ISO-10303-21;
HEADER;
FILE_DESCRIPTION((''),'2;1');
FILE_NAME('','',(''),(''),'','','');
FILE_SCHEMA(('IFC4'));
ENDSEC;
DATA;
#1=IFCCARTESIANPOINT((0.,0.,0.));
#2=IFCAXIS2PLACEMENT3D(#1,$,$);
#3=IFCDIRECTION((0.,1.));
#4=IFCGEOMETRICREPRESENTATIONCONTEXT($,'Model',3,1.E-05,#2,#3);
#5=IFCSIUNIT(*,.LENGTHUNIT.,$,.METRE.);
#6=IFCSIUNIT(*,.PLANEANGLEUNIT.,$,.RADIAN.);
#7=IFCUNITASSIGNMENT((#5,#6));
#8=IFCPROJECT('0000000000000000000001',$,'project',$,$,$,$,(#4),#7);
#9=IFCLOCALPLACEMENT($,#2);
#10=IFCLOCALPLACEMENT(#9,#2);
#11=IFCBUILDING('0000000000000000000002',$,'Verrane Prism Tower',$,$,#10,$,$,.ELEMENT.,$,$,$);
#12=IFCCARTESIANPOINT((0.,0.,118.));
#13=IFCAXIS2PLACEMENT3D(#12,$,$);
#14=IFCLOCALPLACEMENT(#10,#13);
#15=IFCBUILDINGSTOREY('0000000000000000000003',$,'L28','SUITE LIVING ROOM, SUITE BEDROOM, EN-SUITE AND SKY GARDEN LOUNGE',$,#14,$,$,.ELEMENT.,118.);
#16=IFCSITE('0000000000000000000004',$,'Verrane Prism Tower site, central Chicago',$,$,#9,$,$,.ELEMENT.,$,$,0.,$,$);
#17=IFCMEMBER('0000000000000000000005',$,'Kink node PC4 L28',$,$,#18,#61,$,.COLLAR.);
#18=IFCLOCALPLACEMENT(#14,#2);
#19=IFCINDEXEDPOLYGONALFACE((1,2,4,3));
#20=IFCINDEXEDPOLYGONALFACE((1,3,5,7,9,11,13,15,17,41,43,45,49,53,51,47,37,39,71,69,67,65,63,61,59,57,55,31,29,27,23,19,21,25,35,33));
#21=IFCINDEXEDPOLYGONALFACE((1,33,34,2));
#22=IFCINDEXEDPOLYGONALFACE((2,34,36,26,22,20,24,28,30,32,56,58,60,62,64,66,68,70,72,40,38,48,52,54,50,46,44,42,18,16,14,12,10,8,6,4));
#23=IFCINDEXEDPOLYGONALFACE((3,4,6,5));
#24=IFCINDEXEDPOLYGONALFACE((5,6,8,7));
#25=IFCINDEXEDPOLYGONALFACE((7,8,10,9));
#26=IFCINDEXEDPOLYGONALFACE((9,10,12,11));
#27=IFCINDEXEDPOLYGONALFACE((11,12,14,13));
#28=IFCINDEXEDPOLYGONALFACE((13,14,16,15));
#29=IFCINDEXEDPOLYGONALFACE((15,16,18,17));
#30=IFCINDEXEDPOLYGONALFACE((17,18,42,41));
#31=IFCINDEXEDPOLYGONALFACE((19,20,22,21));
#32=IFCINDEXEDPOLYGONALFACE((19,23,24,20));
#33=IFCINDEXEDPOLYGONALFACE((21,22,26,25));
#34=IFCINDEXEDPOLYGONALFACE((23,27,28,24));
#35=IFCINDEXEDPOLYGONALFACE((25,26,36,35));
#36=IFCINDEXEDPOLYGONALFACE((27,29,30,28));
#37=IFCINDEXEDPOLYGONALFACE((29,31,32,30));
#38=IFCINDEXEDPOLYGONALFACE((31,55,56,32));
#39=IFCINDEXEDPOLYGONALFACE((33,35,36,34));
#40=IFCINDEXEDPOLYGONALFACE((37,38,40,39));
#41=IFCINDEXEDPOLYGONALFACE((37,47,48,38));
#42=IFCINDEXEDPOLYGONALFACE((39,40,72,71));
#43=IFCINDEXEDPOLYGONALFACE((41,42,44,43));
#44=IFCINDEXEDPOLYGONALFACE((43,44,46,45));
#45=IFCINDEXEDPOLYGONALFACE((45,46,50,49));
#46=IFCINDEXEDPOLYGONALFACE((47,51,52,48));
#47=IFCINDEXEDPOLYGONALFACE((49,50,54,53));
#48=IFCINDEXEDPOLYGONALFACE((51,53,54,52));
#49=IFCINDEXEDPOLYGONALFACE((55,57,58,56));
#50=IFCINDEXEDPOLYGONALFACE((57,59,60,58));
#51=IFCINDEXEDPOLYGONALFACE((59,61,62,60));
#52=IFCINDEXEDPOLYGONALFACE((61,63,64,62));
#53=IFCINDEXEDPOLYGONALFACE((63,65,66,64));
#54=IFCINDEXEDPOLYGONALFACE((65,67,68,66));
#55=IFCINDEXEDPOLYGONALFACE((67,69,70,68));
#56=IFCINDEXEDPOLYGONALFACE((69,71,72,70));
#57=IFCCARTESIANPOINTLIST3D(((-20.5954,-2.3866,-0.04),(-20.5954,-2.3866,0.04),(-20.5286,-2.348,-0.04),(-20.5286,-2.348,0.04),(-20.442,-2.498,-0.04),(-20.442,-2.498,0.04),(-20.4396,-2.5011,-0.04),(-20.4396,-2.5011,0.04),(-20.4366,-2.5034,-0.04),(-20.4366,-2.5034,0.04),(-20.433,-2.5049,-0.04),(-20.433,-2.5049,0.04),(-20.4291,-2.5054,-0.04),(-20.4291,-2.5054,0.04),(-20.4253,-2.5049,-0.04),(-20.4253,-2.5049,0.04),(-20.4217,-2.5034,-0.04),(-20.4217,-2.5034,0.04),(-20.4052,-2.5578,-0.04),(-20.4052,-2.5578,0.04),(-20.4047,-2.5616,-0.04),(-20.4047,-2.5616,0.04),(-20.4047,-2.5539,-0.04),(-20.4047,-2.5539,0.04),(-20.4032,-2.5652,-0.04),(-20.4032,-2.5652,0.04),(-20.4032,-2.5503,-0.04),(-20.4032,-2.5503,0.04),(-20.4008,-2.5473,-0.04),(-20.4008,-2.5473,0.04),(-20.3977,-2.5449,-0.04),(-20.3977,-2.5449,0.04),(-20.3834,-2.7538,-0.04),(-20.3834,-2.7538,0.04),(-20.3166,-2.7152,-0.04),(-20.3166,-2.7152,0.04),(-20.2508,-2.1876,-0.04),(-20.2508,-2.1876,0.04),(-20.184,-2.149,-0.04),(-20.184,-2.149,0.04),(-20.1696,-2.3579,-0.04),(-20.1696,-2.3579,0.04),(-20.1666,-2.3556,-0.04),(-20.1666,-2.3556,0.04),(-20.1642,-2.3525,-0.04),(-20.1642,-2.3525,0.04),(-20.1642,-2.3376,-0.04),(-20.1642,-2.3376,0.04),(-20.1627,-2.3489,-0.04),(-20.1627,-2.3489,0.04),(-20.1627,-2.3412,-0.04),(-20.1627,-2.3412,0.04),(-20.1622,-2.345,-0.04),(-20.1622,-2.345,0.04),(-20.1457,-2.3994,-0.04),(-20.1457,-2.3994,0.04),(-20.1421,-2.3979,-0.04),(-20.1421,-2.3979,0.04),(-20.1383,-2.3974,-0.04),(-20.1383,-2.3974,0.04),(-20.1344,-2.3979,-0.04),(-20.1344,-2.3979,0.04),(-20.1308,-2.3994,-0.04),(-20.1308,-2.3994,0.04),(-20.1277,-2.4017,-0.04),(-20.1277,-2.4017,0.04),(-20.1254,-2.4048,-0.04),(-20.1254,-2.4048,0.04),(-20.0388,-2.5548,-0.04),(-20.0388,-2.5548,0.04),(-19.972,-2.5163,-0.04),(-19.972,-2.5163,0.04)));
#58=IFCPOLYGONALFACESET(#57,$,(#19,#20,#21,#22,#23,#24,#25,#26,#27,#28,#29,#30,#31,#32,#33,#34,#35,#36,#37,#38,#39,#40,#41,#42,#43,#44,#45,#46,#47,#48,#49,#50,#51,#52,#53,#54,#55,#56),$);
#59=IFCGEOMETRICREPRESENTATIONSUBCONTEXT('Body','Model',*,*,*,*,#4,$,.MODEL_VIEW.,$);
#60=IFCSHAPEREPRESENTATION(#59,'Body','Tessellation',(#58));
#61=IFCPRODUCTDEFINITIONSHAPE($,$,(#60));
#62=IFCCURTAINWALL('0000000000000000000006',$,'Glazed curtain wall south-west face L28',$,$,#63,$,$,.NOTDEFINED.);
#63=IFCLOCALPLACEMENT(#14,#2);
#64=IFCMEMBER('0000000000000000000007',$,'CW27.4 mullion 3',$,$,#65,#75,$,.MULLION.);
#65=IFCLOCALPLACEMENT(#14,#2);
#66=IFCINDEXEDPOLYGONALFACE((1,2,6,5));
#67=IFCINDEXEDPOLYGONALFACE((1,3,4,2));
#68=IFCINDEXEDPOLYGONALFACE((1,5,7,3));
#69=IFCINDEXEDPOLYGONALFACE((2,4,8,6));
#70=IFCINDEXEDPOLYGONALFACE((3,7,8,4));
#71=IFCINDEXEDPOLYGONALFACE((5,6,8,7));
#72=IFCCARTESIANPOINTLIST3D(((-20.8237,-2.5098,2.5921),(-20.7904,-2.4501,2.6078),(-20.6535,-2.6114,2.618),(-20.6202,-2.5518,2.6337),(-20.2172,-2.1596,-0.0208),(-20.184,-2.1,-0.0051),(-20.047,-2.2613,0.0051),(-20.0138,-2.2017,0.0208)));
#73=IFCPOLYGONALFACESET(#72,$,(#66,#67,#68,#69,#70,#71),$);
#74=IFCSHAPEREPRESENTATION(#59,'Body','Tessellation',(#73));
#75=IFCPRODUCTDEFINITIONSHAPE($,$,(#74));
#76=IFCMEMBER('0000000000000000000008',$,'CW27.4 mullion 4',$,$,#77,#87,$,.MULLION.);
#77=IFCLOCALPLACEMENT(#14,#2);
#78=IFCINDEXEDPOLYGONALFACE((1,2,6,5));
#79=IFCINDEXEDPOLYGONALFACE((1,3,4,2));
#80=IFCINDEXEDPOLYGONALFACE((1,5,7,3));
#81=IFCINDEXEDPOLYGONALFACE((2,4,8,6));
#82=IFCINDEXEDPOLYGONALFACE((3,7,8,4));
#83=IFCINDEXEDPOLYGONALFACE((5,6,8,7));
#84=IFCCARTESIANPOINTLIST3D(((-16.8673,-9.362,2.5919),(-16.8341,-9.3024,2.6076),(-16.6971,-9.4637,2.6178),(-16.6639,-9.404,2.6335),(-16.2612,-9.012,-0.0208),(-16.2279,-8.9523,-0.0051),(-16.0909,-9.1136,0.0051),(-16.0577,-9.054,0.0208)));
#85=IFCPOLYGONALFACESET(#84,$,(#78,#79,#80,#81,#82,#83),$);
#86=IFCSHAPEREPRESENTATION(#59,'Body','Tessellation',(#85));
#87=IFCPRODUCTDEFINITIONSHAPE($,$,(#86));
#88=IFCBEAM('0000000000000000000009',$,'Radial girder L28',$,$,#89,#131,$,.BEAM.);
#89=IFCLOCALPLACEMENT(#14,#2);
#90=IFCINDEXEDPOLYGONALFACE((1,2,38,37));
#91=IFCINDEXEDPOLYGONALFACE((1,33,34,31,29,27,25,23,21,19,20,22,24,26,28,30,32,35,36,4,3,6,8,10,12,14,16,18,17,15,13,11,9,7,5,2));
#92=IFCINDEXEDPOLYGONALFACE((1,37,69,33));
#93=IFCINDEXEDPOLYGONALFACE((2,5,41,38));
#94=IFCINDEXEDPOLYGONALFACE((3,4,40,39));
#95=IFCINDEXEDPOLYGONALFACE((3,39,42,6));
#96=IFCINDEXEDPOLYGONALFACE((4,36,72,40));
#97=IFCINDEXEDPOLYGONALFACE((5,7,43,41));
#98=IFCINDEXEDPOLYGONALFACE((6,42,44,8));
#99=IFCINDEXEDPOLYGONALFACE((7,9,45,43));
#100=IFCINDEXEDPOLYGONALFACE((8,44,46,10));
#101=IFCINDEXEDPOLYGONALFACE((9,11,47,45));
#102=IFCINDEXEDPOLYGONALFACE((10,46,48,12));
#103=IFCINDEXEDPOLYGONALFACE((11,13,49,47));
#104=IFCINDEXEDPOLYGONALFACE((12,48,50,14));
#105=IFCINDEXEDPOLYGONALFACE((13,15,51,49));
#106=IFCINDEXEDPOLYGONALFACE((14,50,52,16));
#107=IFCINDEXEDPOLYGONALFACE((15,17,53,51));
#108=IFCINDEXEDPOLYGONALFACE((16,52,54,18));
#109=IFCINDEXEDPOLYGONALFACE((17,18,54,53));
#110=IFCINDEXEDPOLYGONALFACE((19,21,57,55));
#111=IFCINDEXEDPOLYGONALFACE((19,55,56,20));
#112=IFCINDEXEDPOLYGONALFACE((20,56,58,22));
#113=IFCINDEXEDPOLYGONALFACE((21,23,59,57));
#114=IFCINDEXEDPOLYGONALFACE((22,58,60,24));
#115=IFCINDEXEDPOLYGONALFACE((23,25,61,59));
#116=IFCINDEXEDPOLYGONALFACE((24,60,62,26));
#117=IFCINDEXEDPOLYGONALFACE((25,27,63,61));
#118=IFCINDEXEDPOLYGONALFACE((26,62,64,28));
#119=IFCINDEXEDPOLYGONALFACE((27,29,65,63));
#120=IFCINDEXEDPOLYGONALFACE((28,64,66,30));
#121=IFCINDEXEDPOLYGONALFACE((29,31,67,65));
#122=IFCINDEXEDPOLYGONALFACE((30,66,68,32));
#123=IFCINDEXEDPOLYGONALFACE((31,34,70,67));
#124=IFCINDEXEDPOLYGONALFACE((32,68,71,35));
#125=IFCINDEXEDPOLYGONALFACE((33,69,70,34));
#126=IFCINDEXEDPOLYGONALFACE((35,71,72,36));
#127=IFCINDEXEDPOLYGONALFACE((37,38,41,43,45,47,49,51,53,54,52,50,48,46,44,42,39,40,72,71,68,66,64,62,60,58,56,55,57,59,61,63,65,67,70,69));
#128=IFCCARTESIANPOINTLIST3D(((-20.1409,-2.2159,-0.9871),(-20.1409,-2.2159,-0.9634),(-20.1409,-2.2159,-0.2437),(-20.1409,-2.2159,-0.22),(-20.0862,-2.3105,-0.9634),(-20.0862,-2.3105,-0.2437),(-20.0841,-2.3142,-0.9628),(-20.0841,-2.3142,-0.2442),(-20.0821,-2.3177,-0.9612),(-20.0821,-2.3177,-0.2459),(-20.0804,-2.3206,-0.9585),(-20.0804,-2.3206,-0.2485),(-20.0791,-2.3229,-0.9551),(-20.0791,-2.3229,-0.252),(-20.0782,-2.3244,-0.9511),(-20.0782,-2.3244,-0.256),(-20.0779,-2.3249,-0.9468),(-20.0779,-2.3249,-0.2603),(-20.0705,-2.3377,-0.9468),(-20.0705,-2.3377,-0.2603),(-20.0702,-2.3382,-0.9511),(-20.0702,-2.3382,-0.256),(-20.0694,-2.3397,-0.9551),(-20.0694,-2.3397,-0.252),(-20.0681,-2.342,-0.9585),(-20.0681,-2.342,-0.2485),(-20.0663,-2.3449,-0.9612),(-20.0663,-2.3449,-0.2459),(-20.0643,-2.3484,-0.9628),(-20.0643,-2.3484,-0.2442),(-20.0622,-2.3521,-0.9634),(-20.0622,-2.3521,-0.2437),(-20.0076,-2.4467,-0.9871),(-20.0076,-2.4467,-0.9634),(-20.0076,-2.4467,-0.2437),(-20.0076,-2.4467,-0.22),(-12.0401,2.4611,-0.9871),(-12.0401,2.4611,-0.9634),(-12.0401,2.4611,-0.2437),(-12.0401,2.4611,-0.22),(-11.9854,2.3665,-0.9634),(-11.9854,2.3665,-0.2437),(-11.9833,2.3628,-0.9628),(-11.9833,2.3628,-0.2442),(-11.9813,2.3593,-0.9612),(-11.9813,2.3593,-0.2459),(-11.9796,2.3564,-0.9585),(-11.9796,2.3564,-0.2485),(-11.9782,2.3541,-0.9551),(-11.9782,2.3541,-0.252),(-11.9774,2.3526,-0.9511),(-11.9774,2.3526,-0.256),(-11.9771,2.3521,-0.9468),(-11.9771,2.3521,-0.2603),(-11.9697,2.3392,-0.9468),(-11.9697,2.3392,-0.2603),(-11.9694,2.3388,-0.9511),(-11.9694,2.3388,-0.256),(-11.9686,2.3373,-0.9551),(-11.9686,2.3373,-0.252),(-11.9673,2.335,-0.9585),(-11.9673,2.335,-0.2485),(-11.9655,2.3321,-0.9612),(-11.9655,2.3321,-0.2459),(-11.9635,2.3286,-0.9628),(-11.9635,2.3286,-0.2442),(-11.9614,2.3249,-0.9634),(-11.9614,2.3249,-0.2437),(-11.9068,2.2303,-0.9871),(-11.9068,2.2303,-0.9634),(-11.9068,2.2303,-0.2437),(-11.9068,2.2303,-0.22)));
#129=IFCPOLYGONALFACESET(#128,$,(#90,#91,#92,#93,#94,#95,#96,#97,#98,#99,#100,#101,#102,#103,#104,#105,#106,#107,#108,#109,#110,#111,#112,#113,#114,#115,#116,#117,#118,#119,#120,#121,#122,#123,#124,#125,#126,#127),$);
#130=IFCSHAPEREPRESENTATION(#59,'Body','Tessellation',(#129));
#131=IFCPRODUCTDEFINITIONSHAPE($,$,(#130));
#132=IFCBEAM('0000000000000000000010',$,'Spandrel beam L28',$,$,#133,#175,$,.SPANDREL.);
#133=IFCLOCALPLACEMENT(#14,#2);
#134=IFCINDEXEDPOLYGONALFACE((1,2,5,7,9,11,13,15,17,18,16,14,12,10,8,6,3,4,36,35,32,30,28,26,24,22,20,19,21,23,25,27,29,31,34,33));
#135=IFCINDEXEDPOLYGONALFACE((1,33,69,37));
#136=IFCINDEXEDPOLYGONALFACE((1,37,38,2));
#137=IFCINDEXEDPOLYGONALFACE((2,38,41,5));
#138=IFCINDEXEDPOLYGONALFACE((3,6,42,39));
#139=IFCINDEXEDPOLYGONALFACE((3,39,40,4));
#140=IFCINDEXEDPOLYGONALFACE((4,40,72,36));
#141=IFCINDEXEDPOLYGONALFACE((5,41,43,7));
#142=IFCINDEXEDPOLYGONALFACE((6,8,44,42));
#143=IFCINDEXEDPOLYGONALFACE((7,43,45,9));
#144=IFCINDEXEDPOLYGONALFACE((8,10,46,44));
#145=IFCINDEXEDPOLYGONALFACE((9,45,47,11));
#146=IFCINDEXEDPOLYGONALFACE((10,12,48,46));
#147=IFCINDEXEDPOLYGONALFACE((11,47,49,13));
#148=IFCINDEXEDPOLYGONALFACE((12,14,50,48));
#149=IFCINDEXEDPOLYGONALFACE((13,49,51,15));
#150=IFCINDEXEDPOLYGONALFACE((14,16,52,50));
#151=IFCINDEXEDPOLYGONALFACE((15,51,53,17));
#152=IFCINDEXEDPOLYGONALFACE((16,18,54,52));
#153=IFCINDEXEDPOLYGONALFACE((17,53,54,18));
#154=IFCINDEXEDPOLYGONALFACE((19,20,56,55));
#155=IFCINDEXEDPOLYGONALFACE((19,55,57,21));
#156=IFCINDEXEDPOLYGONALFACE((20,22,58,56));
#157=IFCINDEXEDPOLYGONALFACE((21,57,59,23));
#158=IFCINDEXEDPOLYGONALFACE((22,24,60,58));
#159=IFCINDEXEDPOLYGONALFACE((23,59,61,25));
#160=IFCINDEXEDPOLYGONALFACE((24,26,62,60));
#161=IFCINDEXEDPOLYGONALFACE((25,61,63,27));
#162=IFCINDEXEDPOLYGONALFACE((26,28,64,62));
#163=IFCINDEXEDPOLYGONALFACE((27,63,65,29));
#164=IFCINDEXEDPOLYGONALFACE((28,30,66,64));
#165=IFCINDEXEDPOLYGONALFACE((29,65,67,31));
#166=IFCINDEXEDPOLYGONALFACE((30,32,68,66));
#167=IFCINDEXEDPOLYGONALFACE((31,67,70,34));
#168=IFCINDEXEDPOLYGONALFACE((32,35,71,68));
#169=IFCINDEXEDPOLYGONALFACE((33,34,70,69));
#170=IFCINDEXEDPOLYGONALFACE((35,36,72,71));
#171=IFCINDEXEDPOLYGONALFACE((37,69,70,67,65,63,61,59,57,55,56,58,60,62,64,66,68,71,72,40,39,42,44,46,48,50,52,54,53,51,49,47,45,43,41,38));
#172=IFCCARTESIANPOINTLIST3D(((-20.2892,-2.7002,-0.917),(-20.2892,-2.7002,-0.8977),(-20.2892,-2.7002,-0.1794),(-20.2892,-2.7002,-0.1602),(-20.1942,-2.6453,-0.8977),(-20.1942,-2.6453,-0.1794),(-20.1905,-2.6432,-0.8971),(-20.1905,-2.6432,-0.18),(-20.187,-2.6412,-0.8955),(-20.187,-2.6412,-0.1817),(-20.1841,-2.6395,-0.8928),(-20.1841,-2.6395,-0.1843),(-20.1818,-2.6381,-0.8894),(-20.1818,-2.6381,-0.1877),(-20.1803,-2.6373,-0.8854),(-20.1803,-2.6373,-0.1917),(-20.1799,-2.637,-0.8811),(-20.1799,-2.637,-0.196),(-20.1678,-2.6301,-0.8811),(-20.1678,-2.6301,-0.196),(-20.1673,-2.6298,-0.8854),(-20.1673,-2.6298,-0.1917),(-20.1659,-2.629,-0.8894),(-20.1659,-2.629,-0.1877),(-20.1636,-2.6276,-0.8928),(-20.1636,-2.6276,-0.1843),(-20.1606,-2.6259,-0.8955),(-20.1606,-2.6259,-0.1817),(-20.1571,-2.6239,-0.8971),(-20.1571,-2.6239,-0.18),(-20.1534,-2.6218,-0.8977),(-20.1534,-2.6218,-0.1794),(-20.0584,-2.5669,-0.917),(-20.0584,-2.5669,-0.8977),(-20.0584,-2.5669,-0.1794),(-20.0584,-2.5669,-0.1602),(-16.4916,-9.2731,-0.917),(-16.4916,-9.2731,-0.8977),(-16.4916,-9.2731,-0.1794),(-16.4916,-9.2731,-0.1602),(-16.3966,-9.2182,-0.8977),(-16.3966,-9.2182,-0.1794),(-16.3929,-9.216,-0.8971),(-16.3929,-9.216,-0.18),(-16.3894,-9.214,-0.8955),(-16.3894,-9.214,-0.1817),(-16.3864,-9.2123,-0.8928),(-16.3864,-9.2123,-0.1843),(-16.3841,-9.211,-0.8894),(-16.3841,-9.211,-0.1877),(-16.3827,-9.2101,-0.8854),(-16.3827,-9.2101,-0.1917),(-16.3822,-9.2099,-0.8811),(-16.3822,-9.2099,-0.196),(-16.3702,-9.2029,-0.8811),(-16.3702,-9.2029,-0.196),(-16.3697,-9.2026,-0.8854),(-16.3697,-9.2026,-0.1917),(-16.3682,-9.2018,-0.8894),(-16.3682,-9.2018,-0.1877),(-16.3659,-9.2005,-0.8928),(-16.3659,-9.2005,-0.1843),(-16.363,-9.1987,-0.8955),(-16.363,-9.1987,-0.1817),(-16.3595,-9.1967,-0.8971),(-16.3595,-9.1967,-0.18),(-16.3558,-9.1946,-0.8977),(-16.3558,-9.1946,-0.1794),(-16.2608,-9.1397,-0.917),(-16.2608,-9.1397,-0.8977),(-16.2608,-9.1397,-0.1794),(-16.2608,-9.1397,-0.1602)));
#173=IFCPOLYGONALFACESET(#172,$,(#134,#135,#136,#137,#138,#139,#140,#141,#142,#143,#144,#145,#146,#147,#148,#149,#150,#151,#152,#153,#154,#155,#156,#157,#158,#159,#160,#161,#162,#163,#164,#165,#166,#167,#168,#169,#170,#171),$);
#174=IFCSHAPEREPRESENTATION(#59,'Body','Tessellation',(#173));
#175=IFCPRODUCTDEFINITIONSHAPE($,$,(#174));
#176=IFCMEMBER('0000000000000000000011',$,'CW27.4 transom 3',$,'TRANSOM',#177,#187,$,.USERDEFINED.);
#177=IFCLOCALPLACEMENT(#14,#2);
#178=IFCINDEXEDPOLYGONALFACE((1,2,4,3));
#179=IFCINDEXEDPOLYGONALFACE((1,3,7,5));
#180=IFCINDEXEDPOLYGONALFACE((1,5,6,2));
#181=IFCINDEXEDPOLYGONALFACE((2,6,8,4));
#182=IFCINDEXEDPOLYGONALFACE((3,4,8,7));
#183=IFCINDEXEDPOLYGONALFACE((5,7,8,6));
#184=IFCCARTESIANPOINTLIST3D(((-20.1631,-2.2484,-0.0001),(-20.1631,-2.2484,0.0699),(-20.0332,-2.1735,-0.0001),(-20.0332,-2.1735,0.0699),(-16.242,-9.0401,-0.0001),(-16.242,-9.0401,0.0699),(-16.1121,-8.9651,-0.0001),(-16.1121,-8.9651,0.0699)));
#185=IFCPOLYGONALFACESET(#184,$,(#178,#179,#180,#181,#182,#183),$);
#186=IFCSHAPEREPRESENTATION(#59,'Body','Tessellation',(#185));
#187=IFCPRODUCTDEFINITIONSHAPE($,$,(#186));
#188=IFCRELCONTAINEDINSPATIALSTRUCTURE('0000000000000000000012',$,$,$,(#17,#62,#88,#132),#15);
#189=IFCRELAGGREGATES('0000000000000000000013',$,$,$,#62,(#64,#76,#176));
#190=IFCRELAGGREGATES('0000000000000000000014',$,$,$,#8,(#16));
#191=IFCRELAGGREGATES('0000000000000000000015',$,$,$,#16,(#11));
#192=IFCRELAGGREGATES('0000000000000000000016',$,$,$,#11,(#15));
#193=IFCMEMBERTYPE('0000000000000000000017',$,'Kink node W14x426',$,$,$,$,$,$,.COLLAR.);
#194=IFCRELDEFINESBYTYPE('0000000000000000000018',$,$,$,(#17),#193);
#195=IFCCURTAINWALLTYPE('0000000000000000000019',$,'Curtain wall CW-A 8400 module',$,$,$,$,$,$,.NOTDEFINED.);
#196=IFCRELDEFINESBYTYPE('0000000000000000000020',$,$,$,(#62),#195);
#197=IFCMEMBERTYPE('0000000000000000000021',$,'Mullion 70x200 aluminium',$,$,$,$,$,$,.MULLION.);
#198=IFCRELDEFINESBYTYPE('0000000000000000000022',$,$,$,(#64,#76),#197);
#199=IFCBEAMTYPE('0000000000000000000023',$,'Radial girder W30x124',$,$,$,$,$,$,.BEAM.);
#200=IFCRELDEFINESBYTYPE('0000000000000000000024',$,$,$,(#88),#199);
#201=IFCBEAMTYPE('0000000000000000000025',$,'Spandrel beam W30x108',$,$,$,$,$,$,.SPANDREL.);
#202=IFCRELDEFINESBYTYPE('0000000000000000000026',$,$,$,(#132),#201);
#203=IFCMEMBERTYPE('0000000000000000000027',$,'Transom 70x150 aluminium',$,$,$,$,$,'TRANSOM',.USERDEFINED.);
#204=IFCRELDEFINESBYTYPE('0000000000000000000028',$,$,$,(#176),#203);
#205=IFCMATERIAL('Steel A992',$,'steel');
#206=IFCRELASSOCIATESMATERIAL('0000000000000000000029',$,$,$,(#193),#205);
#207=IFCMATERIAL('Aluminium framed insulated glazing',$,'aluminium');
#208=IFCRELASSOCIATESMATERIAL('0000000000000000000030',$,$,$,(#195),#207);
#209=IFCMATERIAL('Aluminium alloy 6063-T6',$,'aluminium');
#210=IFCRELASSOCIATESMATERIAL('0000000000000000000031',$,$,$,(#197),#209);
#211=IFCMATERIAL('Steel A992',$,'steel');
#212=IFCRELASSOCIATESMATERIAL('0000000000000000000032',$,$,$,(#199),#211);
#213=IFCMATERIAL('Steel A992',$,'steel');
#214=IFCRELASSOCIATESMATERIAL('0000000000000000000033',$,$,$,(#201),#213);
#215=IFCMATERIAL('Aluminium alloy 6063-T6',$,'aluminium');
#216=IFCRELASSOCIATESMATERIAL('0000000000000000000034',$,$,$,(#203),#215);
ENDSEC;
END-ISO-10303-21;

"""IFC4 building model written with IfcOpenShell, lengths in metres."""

from ifc_helpers import new_model, si_unit, direction, frame, origin, origin_2d, place, context, subcontext, project, spatial, rectangle, i_section, extrude, material, material_profile, profile_set, type_object, element, aggregate, save


model = new_model("IFC4")

# Units and contexts
model_context = context("Model", 3, precision=1e-05, world=origin(), true_north=direction((0.0, 1.0)))
body_context = subcontext(model_context, "Body", "Model", "MODEL_VIEW")
ifc_project = project(units=[si_unit("LENGTHUNIT", "METRE"), si_unit("PLANEANGLEUNIT", "RADIAN")], contexts=[model_context])

# Site, building, storey
site_placement = place(None, origin())
site = spatial("IfcSite", under=ifc_project, at=site_placement, Name="Verrane Prism Tower site, central Chicago", CompositionType="ELEMENT", RefElevation=0.0)
building_placement = place(site_placement, origin())
building = spatial("IfcBuilding", under=site, at=building_placement, Name="Verrane Prism Tower", CompositionType="ELEMENT")
storey_placement = place(building_placement, frame((0.0, 0.0, 118.0)))
storey = spatial("IfcBuildingStorey", under=building, at=storey_placement, Name="L28", Description="SUITE LIVING ROOM, SUITE BEDROOM, EN-SUITE AND SKY GARDEN LOUNGE", CompositionType="ELEMENT", Elevation=118.0)

# Member
ifc_material_1 = material(Name="Steel A992", Category="steel")
ifc_material_profile_1 = material_profile(ifc_material_1, i_section(OverallWidth=0.4241, OverallDepth=0.4751, WebThickness=0.0479, FlangeThickness=0.0771, FilletRadius=0.0149, at=origin_2d()), Name="W14x426")
ifc_profile_set_1 = profile_set([ifc_material_profile_1], Name="Steel A992")
member_type_1 = type_object("IfcMemberType", Name="Kink node W14x426", PredefinedType="COLLAR", material=ifc_profile_set_1)
member_1_placement = place(storey_placement, frame((-20.2837, -2.4514, -0.04), z_axis=(0.0, 0.0, 1.0), x_axis=(-0.5, 0.866025, 0.0)))
element("IfcMember", 1, at=member_1_placement, inside=storey, type_object=member_type_1, Name="Kink node PC4 L28", PredefinedType="COLLAR", context=body_context, shape_type="SweptSolid", body=[
    extrude(i_section(OverallWidth=0.4241, OverallDepth=0.4751, WebThickness=0.0479, FlangeThickness=0.0771, FilletRadius=0.0149, at=origin_2d()), origin(), (0.0, 0.0, 1.0), 0.0801),
])

# Curtain wall, members
ifc_material_2 = material(Name="Aluminium framed insulated glazing", Category="aluminium")
curtain_wall_type = type_object("IfcCurtainWallType", Name="Curtain wall CW-A 8400 module", PredefinedType="NOTDEFINED", material=ifc_material_2)
curtain_wall_placement = place(storey_placement, origin())
curtain_wall = element("IfcCurtainWall", 2, at=curtain_wall_placement, inside=storey, type_object=curtain_wall_type, Name="Glazed curtain wall south-west face L28", PredefinedType="NOTDEFINED")
ifc_material_3 = material(Name="Aluminium alloy 6063-T6", Category="aluminium")
ifc_material_profile_2 = material_profile(ifc_material_3, rectangle(XDim=0.2, YDim=0.0701, at=origin_2d()), Name="Mullion 70x200 aluminium")
ifc_profile_set_2 = profile_set([ifc_material_profile_2], Name="Aluminium alloy 6063-T6")
member_type_2 = type_object("IfcMemberType", Name="Mullion 70x200 aluminium", PredefinedType="MULLION", material=ifc_profile_set_2)
member_2_placement = place(storey_placement, frame((-20.1155, -2.1807, 0.0), z_axis=(-0.224194, -0.129426, 0.965912), x_axis=(0.851243, -0.508559, 0.129435)))
member_2 = element("IfcMember", 3, at=member_2_placement, type_object=member_type_2, Name="CW27.4 mullion 3", PredefinedType="MULLION", context=body_context, shape_type="SweptSolid", body=[
    extrude(rectangle(XDim=0.2, YDim=0.0701, at=origin_2d()), origin(), (0.0, 0.0, 1.0), 2.7051),
])
member_3_placement = place(storey_placement, frame((-16.1594, -9.033, 0.0), z_axis=(-0.224108, -0.129429, 0.965931), x_axis=(0.85134, -0.508405, 0.129399)))
member_3 = element("IfcMember", 4, at=member_3_placement, type_object=member_type_2, Name="CW27.4 mullion 4", PredefinedType="MULLION", context=body_context, shape_type="SweptSolid", body=[
    extrude(rectangle(XDim=0.2, YDim=0.0701, at=origin_2d()), origin(), (0.0, 0.0, 1.0), 2.7048),
])

# Beams
ifc_material_4 = material(Name="Steel A992", Category="steel")
ifc_material_profile_3 = material_profile(ifc_material_4, i_section(OverallWidth=0.2666, OverallDepth=0.7671, WebThickness=0.0149, FlangeThickness=0.0237, FilletRadius=0.0166, at=origin_2d()), Name="W30x124")
ifc_profile_set_3 = profile_set([ifc_material_profile_3], Name="Steel A992")
beam_type_1 = type_object("IfcBeamType", Name="Radial girder W30x124", PredefinedType="BEAM", material=ifc_profile_set_3)
beam_1_placement = place(storey_placement, frame((-20.0742, -2.3313, -0.6035), z_axis=(0.866026, 0.499999, 0.0), x_axis=(-0.499999, 0.866026, 0.0)))
element("IfcBeam", 5, at=beam_1_placement, inside=storey, type_object=beam_type_1, Name="Radial girder L28", PredefinedType="BEAM", context=body_context, shape_type="SweptSolid", body=[
    extrude(i_section(OverallWidth=0.2666, OverallDepth=0.7671, WebThickness=0.0149, FlangeThickness=0.0237, FilletRadius=0.0166, at=origin_2d()), origin(), (0.0, 0.0, 1.0), 9.354),
])
ifc_material_5 = material(Name="Steel A992", Category="steel")
ifc_material_profile_4 = material_profile(ifc_material_5, i_section(OverallWidth=0.2666, OverallDepth=0.7568, WebThickness=0.0139, FlangeThickness=0.0193, FilletRadius=0.0166, at=origin_2d()), Name="W30x108")
ifc_profile_set_4 = profile_set([ifc_material_profile_4], Name="Steel A992")
beam_type_2 = type_object("IfcBeamType", Name="Spandrel beam W30x108", PredefinedType="SPANDREL", material=ifc_profile_set_4)
beam_2_placement = place(storey_placement, frame((-20.1738, -2.6335, -0.5386), z_axis=(0.500279, -0.865864, 0.0), x_axis=(0.865864, 0.500279, 0.0)))
element("IfcBeam", 6, at=beam_2_placement, inside=storey, type_object=beam_type_2, Name="Spandrel beam L28", PredefinedType="SPANDREL", context=body_context, shape_type="SweptSolid", body=[
    extrude(i_section(OverallWidth=0.2666, OverallDepth=0.7568, WebThickness=0.0139, FlangeThickness=0.0193, FilletRadius=0.0166, at=origin_2d()), origin(), (0.0, 0.0, 1.0), 7.5911),
])

# Member
ifc_material_6 = material(Name="Aluminium alloy 6063-T6", Category="aluminium")
ifc_material_profile_5 = material_profile(ifc_material_6, rectangle(XDim=0.1499, YDim=0.0701, at=origin_2d()), Name="Transom 70x150 aluminium")
ifc_profile_set_5 = profile_set([ifc_material_profile_5], Name="Aluminium alloy 6063-T6")
member_type_3 = type_object("IfcMemberType", Name="Transom 70x150 aluminium", ElementType="TRANSOM", PredefinedType="USERDEFINED", material=ifc_profile_set_5)
member_4_placement = place(storey_placement, frame((-20.0981, -2.2109, 0.0349), z_axis=(0.499993, -0.86603, 0.0), x_axis=(0.86603, 0.499993, 0.0)))
member_4 = element("IfcMember", 7, at=member_4_placement, type_object=member_type_3, Name="CW27.4 transom 3", ObjectType="TRANSOM", PredefinedType="USERDEFINED", context=body_context, shape_type="SweptSolid", body=[
    extrude(rectangle(XDim=0.1499, YDim=0.0701, at=origin_2d()), origin(), (0.0, 0.0, 1.0), 7.8423),
])

aggregate(curtain_wall, [member_2, member_3, member_4])

save(model, "model.ifc")
